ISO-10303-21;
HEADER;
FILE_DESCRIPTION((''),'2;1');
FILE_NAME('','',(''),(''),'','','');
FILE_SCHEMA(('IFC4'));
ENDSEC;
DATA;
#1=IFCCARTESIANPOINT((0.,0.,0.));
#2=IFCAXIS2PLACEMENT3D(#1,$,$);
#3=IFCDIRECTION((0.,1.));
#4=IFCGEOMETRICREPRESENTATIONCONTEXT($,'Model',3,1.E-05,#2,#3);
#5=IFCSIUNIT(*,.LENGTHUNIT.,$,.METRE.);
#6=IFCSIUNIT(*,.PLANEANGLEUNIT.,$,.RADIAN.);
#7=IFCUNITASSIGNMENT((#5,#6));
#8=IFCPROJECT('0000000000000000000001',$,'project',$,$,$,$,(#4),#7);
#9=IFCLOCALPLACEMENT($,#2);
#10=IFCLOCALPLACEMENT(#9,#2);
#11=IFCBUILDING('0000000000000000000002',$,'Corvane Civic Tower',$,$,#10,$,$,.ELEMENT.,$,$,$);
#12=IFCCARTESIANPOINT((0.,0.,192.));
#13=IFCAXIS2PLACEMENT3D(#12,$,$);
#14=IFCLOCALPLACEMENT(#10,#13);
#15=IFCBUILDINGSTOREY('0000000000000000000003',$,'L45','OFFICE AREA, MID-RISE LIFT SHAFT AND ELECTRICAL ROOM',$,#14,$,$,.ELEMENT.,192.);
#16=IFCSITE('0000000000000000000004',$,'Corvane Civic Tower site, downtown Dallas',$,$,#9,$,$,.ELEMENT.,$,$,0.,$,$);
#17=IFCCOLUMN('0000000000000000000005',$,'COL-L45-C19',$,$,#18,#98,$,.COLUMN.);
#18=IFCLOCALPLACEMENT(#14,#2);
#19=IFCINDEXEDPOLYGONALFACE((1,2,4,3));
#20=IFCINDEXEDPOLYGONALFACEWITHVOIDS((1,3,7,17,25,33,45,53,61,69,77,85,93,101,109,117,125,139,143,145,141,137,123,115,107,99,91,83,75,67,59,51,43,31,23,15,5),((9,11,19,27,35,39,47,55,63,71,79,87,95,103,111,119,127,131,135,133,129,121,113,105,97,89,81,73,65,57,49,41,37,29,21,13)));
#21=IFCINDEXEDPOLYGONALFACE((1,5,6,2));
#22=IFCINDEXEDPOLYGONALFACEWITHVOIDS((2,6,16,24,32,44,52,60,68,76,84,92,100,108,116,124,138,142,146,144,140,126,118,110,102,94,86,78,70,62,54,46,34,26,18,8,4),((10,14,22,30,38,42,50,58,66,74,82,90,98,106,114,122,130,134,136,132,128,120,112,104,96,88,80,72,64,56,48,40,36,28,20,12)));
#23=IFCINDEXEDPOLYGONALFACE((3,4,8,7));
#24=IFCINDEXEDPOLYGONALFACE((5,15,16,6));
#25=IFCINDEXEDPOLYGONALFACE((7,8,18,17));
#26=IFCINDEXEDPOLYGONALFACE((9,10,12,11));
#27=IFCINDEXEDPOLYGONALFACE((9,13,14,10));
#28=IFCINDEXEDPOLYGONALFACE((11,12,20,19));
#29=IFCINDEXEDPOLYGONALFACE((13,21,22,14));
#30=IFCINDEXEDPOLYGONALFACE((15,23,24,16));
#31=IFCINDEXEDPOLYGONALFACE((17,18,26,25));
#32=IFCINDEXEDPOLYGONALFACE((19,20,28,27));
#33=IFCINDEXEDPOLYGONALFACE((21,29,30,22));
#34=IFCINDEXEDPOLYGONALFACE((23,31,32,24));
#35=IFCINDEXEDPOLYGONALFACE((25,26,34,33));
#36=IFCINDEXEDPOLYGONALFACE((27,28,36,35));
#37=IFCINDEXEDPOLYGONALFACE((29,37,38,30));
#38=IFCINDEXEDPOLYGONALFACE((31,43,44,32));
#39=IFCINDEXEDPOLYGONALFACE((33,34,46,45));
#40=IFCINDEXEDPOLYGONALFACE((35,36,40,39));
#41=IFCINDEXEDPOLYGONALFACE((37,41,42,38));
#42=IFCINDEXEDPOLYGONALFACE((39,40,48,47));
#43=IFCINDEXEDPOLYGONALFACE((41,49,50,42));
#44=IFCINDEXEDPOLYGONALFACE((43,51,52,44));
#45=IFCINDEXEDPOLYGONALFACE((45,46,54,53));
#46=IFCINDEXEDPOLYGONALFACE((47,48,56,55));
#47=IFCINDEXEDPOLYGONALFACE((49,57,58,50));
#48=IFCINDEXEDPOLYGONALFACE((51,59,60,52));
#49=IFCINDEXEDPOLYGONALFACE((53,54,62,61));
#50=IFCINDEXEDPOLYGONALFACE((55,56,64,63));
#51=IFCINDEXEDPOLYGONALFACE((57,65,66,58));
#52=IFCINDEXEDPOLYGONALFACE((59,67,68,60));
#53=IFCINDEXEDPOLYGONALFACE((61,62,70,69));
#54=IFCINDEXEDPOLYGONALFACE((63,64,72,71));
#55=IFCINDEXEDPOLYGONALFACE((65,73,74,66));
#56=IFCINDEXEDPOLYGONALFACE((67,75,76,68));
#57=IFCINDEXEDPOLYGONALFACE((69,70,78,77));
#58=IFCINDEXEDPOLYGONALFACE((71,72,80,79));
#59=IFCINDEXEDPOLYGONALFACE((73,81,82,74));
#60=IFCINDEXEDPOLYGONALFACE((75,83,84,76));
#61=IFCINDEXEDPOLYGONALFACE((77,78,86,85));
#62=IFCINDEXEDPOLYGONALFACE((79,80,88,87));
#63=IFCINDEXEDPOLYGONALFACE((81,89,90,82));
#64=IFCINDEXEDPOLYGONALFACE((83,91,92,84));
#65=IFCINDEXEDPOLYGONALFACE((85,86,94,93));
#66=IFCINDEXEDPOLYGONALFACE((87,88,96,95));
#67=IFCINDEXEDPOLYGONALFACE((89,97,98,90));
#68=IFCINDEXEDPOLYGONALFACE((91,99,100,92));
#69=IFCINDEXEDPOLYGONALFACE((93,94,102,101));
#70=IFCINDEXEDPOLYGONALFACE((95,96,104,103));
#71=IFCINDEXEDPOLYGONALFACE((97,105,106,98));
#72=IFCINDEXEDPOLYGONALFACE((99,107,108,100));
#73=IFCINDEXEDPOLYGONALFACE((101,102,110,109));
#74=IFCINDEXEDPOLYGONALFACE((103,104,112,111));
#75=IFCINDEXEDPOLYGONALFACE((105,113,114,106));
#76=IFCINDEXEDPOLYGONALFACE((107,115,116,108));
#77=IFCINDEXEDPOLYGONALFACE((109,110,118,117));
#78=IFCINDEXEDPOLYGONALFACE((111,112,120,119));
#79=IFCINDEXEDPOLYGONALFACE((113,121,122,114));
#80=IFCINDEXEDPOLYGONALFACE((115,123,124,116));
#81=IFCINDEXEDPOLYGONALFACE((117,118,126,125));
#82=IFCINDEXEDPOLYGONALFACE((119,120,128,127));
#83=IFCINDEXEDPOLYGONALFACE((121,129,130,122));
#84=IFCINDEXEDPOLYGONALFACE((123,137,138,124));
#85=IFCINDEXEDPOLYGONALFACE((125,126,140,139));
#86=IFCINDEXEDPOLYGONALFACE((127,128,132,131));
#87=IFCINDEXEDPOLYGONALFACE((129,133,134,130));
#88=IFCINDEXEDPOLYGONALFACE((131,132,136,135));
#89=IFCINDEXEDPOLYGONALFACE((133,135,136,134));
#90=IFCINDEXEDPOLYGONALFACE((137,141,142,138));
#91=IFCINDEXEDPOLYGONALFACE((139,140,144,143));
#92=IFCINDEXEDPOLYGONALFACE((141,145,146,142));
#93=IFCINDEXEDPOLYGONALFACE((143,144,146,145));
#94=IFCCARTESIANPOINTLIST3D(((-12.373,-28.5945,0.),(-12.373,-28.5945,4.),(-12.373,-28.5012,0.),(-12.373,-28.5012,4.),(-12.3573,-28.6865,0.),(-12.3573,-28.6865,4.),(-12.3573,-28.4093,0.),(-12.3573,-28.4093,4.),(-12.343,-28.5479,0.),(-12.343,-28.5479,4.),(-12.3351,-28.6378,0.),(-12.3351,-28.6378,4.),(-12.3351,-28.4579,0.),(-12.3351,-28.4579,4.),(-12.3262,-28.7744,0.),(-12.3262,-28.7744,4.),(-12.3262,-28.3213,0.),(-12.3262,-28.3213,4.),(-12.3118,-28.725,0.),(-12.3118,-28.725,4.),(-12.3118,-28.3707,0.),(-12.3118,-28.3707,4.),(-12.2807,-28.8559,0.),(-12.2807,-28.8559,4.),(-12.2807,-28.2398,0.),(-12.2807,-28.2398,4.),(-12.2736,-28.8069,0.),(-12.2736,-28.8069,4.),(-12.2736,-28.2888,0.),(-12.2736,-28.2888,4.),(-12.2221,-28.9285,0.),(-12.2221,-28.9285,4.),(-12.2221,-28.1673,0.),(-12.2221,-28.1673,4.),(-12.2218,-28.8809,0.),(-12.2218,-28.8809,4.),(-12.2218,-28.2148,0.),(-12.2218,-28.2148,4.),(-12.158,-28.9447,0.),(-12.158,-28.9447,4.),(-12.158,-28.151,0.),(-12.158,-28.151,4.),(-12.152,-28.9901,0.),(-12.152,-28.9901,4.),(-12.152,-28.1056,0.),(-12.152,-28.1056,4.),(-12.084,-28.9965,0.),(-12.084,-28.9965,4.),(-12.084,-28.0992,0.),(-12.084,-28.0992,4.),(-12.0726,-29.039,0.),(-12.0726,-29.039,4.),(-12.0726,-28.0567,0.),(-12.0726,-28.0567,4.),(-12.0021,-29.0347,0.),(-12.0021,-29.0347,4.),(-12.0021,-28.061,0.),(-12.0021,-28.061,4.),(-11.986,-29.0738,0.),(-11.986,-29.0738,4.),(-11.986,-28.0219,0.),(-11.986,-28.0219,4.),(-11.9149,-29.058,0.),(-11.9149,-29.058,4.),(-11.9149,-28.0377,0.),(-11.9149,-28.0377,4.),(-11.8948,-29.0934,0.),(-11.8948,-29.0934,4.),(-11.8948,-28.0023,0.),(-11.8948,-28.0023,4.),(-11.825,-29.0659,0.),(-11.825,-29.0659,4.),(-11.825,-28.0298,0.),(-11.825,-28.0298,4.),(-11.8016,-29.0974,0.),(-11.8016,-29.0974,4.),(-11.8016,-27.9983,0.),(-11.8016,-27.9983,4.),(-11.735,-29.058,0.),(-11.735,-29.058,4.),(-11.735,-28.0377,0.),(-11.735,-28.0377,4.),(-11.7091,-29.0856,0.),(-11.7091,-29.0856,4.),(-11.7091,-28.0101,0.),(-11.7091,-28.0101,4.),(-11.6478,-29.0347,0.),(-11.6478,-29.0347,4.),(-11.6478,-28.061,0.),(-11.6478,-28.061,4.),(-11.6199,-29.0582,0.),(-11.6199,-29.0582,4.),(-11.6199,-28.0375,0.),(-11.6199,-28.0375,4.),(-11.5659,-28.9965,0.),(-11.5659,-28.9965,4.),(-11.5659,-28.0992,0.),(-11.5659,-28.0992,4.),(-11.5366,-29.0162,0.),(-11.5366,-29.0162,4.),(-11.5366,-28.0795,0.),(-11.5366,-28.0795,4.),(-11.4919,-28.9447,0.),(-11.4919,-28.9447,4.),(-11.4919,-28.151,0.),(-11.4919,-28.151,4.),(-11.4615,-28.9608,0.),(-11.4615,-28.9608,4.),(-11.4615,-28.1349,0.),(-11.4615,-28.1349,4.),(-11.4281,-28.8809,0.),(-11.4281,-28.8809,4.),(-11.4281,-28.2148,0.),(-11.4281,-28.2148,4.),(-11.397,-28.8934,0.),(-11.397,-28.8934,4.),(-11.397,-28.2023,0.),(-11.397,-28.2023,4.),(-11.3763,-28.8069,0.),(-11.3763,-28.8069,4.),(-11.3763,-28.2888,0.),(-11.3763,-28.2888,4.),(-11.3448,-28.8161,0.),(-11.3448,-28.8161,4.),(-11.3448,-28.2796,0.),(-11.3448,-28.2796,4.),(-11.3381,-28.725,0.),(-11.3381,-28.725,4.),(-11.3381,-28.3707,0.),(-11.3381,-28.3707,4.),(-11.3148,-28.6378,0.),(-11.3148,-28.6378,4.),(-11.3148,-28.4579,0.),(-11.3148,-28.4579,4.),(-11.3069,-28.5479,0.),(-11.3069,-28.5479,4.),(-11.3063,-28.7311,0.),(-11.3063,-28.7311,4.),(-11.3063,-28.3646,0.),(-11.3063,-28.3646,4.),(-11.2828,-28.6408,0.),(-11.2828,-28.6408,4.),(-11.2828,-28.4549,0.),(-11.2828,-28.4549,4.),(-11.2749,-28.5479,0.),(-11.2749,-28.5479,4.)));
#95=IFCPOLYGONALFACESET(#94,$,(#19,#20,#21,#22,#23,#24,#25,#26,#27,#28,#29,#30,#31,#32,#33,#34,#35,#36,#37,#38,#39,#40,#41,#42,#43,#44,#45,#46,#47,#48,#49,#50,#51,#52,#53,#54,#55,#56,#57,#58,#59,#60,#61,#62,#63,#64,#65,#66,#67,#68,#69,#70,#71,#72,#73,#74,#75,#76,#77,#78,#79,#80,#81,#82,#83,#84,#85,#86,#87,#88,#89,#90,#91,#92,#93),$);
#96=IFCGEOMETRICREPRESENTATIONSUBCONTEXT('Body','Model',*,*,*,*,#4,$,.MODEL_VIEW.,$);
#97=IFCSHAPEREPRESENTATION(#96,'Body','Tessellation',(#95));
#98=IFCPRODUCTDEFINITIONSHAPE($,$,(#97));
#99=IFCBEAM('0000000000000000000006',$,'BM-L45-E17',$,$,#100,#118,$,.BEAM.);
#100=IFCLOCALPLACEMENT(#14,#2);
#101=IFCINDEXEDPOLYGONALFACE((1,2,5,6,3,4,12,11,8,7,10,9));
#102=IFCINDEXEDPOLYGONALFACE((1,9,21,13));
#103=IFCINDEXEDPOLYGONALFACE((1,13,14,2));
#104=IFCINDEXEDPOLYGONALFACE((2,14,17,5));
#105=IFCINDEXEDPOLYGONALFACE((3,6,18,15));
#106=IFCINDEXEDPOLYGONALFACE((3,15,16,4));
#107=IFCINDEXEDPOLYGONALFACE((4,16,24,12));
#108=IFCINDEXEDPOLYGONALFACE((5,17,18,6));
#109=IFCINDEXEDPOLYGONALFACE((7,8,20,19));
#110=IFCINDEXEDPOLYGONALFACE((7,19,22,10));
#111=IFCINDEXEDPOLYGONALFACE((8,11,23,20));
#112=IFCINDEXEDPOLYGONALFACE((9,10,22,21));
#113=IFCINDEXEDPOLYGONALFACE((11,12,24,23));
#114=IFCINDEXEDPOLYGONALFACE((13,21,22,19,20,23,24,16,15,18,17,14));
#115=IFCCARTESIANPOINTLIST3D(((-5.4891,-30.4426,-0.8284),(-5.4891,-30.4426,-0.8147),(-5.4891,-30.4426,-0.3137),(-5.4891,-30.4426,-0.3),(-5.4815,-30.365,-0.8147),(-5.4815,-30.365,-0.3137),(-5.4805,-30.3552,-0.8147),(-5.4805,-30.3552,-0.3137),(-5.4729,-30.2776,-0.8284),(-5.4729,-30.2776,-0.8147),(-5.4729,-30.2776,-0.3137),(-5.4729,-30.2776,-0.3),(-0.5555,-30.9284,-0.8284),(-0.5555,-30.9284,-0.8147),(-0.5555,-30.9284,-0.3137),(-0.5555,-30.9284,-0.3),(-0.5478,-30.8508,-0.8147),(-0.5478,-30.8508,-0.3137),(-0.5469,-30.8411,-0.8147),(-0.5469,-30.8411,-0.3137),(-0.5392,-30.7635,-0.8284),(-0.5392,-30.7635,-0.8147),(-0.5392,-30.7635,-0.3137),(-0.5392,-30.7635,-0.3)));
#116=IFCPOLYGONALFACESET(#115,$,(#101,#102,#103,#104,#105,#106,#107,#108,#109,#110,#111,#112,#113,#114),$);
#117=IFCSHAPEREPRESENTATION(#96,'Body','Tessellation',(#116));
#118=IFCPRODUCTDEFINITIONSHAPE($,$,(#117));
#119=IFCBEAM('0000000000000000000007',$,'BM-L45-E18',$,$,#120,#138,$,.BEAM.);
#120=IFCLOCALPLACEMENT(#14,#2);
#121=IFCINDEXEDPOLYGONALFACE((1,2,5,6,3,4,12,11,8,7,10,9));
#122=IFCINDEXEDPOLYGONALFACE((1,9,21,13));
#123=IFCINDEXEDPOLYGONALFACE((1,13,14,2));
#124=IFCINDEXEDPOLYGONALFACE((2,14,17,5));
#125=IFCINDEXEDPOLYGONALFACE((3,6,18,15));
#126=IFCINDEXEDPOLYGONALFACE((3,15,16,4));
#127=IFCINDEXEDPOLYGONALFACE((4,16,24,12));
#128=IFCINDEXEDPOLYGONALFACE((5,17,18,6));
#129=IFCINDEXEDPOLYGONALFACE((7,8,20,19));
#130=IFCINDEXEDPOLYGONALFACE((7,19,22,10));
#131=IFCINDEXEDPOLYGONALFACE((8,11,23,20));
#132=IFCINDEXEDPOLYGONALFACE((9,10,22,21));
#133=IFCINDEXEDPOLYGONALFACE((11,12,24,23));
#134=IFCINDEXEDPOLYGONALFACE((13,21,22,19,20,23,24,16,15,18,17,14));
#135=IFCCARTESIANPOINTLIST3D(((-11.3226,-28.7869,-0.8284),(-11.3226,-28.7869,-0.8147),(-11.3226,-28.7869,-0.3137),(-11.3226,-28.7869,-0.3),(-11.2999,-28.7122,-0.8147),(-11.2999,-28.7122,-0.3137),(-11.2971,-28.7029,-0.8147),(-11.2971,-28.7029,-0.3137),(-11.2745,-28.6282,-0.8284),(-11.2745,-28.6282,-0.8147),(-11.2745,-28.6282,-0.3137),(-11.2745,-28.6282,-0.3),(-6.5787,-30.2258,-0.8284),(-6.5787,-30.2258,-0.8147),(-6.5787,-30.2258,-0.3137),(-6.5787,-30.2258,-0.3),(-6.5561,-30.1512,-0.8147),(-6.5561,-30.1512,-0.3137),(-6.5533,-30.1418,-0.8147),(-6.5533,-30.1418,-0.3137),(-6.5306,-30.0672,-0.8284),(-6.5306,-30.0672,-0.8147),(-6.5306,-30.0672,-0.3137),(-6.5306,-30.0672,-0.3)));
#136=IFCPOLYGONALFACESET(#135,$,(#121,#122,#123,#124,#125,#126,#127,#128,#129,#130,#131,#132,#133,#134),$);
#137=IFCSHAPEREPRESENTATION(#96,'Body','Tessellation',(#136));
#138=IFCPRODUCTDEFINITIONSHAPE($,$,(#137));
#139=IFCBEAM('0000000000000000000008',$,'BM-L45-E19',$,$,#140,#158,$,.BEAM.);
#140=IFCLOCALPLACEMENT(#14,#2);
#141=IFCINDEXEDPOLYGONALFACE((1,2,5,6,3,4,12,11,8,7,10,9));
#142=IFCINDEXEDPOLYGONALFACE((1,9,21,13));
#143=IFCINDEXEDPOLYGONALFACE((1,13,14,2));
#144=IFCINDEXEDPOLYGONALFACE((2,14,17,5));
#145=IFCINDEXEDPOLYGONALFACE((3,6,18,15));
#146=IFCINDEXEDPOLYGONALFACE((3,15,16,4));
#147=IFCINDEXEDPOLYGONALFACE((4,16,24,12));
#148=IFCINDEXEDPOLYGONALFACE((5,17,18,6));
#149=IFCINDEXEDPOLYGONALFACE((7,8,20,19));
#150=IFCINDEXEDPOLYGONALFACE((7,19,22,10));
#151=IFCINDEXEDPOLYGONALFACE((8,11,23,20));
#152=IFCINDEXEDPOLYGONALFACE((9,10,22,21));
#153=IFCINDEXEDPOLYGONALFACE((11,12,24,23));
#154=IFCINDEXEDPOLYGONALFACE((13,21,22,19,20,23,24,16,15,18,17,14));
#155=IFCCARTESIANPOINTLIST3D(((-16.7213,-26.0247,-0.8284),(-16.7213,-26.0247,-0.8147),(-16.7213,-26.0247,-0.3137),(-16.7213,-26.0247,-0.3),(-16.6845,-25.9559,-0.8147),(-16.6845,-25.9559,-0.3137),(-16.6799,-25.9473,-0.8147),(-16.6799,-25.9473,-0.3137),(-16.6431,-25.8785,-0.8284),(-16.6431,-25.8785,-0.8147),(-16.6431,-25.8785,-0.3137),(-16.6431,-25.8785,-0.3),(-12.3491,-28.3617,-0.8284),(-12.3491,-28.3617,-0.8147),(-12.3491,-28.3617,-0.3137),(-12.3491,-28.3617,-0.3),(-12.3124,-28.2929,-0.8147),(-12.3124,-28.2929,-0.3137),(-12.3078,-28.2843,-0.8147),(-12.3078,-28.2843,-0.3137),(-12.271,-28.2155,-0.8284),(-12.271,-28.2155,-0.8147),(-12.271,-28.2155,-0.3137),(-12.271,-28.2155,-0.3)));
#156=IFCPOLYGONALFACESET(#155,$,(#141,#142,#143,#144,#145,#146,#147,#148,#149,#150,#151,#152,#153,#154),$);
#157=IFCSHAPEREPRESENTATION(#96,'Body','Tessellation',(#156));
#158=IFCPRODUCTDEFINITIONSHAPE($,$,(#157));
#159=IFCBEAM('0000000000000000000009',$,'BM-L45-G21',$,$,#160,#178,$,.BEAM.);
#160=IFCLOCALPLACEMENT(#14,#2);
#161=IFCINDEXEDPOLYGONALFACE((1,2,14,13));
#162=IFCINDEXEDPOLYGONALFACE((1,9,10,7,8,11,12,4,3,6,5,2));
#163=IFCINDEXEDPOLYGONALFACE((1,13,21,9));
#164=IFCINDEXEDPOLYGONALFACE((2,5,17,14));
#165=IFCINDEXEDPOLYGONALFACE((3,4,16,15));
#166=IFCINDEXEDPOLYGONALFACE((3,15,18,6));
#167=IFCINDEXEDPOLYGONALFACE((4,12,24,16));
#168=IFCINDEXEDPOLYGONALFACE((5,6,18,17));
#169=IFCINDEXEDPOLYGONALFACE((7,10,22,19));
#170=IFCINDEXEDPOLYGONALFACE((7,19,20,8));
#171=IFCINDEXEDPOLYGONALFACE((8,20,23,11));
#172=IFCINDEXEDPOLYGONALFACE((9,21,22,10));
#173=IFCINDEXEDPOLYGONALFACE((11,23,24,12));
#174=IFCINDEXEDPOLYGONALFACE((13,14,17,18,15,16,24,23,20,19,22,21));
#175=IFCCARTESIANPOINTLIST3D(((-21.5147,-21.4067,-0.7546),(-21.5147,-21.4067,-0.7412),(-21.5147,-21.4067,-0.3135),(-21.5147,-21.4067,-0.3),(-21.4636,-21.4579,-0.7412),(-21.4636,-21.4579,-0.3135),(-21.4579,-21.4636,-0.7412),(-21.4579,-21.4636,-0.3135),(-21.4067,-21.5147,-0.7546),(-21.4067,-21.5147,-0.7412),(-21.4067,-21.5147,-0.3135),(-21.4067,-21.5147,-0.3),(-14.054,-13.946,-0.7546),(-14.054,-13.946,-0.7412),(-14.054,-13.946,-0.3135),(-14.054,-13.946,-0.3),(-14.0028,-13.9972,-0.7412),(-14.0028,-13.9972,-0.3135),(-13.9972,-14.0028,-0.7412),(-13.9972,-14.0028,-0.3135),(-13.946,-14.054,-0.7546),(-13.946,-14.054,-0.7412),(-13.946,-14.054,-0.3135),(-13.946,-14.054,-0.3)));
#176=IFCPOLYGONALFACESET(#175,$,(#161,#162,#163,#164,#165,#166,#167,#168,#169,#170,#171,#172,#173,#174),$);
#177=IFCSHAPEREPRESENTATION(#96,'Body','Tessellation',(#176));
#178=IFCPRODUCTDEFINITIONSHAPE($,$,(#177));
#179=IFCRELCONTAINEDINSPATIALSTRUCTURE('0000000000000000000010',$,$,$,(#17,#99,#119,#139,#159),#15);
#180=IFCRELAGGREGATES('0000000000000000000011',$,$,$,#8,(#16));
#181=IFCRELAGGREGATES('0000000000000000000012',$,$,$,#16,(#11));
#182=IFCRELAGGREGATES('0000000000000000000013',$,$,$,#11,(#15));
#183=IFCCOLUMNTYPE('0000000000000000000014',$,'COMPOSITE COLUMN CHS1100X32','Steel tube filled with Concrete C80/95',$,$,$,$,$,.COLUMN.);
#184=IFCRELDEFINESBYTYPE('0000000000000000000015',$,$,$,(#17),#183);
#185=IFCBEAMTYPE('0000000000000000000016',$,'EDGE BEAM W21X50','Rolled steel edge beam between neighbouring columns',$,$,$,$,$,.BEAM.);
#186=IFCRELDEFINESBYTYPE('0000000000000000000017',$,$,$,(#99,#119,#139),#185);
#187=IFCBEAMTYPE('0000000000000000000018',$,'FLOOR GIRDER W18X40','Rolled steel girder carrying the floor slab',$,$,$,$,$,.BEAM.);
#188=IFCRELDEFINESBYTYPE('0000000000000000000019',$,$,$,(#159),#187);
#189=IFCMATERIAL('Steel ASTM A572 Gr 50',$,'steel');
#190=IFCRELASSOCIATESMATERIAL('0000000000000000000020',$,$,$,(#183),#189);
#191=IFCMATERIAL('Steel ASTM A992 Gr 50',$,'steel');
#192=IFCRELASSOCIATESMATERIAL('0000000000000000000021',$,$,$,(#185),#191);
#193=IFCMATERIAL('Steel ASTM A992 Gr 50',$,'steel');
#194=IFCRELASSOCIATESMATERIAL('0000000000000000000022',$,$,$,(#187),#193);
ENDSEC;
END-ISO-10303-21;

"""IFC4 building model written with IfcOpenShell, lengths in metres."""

from ifc_helpers import new_model, si_unit, direction, frame, origin, origin_2d, place, context, subcontext, project, spatial, hollow_circle, i_section, extrude, material, material_profile, profile_set, type_object, element, save


model = new_model("IFC4")

# Units and contexts
model_context = context("Model", 3, precision=1e-05, world=origin(), true_north=direction((0.0, 1.0)))
body_context = subcontext(model_context, "Body", "Model", "MODEL_VIEW")
ifc_project = project(units=[si_unit("LENGTHUNIT", "METRE"), si_unit("PLANEANGLEUNIT", "RADIAN")], contexts=[model_context])

# Site, building, storey
site_placement = place(None, origin())
site = spatial("IfcSite", under=ifc_project, at=site_placement, Name="Corvane Civic Tower site, downtown Dallas", CompositionType="ELEMENT", RefElevation=0.0)
building_placement = place(site_placement, origin())
building = spatial("IfcBuilding", under=site, at=building_placement, Name="Corvane Civic Tower", CompositionType="ELEMENT")
storey_placement = place(building_placement, frame((0.0, 0.0, 192.0)))
storey = spatial("IfcBuildingStorey", under=building, at=storey_placement, Name="L45", Description="OFFICE AREA, MID-RISE LIFT SHAFT AND ELECTRICAL ROOM", CompositionType="ELEMENT", Elevation=192.0)

# Column
ifc_material_1 = material(Name="Steel ASTM A572 Gr 50", Category="steel")
ifc_material_profile_1 = material_profile(ifc_material_1, hollow_circle(Radius=0.55, WallThickness=0.032, at=origin_2d()), Name="CHS1100X32")
ifc_profile_set_1 = profile_set([ifc_material_profile_1], Name="Steel ASTM A572 Gr 50")
column_type = type_object("IfcColumnType", Name="COMPOSITE COLUMN CHS1100X32", Description="Steel tube filled with Concrete C80/95", PredefinedType="COLUMN", material=ifc_profile_set_1)
for number, where, z_axis, x_axis, name in (
    (1, (-11.825, -28.5479, 0.0), (0.0, 0.0, 1.0), (1.0, 0.0, 0.0), "COL-L45-C19"),
):
    element("IfcColumn", number, at=place(storey_placement, frame(where, z_axis=z_axis, x_axis=x_axis)), inside=storey, type_object=column_type, Name=name, PredefinedType="COLUMN", context=body_context, shape_type="SweptSolid", body=[
        extrude(hollow_circle(Radius=0.55, WallThickness=0.032, at=origin_2d()), origin(), (0.0, 0.0, 1.0), 4.0),
    ])

# Beams
ifc_material_2 = material(Name="Steel ASTM A992 Gr 50", Category="steel")
ifc_material_profile_2 = material_profile(ifc_material_2, i_section(OverallWidth=0.1658, OverallDepth=0.5283, WebThickness=0.0098, FlangeThickness=0.0137, at=origin_2d()), Name="W21X50")
ifc_profile_set_2 = profile_set([ifc_material_profile_2], Name="Steel ASTM A992 Gr 50")
beam_type_1 = type_object("IfcBeamType", Name="EDGE BEAM W21X50", Description="Rolled steel edge beam between neighbouring columns", PredefinedType="BEAM", material=ifc_profile_set_2)
beam_1_placement = place(storey_placement, frame((-0.5474, -30.8459, -0.5642), z_axis=(-0.995186, 0.098002, 0.0), x_axis=(-0.098002, -0.995186, 0.0)))
element("IfcBeam", 2, at=beam_1_placement, inside=storey, type_object=beam_type_1, Name="BM-L45-E17", PredefinedType="BEAM", context=body_context, shape_type="SweptSolid", body=[
    extrude(i_section(OverallWidth=0.1658, OverallDepth=0.5283, WebThickness=0.0098, FlangeThickness=0.0137, at=origin_2d()), origin(), (0.0, 0.0, 1.0), 4.9575),
])
beam_2_placement = place(storey_placement, frame((-6.5547, -30.1465, -0.5642), z_axis=(-0.956945, 0.29027, 0.0), x_axis=(-0.29027, -0.956945, 0.0)))
element("IfcBeam", 3, at=beam_2_placement, inside=storey, type_object=beam_type_1, Name="BM-L45-E18", PredefinedType="BEAM", context=body_context, shape_type="SweptSolid", body=[
    extrude(i_section(OverallWidth=0.1658, OverallDepth=0.5283, WebThickness=0.0098, FlangeThickness=0.0137, at=origin_2d()), origin(), (0.0, 0.0, 1.0), 4.9573),
])
beam_3_placement = place(storey_placement, frame((-12.3101, -28.2886, -0.5642), z_axis=(-0.881922, 0.471396, 0.0), x_axis=(-0.471396, -0.881922, 0.0)))
element("IfcBeam", 4, at=beam_3_placement, inside=storey, type_object=beam_type_1, Name="BM-L45-E19", PredefinedType="BEAM", context=body_context, shape_type="SweptSolid", body=[
    extrude(i_section(OverallWidth=0.1658, OverallDepth=0.5283, WebThickness=0.0098, FlangeThickness=0.0137, at=origin_2d()), origin(), (0.0, 0.0, 1.0), 4.9575),
])
ifc_material_3 = material(Name="Steel ASTM A992 Gr 50", Category="steel")
ifc_material_profile_3 = material_profile(ifc_material_3, i_section(OverallWidth=0.1528, OverallDepth=0.4546, WebThickness=0.0081, FlangeThickness=0.0134, at=origin_2d()), Name="W18X40")
ifc_profile_set_3 = profile_set([ifc_material_profile_3], Name="Steel ASTM A992 Gr 50")
beam_type_2 = type_object("IfcBeamType", Name="FLOOR GIRDER W18X40", Description="Rolled steel girder carrying the floor slab", PredefinedType="BEAM", material=ifc_profile_set_3)
beam_4_placement = place(storey_placement, frame((-14.0, -14.0, -0.5273), z_axis=(-0.707107, -0.707107, 0.0), x_axis=(0.707107, -0.707107, 0.0)))
element("IfcBeam", 5, at=beam_4_placement, inside=storey, type_object=beam_type_2, Name="BM-L45-G21", PredefinedType="BEAM", context=body_context, shape_type="SweptSolid", body=[
    extrude(i_section(OverallWidth=0.1528, OverallDepth=0.4546, WebThickness=0.0081, FlangeThickness=0.0134, at=origin_2d()), origin(), (0.0, 0.0, 1.0), 10.551),
])

save(model, "model.ifc")
